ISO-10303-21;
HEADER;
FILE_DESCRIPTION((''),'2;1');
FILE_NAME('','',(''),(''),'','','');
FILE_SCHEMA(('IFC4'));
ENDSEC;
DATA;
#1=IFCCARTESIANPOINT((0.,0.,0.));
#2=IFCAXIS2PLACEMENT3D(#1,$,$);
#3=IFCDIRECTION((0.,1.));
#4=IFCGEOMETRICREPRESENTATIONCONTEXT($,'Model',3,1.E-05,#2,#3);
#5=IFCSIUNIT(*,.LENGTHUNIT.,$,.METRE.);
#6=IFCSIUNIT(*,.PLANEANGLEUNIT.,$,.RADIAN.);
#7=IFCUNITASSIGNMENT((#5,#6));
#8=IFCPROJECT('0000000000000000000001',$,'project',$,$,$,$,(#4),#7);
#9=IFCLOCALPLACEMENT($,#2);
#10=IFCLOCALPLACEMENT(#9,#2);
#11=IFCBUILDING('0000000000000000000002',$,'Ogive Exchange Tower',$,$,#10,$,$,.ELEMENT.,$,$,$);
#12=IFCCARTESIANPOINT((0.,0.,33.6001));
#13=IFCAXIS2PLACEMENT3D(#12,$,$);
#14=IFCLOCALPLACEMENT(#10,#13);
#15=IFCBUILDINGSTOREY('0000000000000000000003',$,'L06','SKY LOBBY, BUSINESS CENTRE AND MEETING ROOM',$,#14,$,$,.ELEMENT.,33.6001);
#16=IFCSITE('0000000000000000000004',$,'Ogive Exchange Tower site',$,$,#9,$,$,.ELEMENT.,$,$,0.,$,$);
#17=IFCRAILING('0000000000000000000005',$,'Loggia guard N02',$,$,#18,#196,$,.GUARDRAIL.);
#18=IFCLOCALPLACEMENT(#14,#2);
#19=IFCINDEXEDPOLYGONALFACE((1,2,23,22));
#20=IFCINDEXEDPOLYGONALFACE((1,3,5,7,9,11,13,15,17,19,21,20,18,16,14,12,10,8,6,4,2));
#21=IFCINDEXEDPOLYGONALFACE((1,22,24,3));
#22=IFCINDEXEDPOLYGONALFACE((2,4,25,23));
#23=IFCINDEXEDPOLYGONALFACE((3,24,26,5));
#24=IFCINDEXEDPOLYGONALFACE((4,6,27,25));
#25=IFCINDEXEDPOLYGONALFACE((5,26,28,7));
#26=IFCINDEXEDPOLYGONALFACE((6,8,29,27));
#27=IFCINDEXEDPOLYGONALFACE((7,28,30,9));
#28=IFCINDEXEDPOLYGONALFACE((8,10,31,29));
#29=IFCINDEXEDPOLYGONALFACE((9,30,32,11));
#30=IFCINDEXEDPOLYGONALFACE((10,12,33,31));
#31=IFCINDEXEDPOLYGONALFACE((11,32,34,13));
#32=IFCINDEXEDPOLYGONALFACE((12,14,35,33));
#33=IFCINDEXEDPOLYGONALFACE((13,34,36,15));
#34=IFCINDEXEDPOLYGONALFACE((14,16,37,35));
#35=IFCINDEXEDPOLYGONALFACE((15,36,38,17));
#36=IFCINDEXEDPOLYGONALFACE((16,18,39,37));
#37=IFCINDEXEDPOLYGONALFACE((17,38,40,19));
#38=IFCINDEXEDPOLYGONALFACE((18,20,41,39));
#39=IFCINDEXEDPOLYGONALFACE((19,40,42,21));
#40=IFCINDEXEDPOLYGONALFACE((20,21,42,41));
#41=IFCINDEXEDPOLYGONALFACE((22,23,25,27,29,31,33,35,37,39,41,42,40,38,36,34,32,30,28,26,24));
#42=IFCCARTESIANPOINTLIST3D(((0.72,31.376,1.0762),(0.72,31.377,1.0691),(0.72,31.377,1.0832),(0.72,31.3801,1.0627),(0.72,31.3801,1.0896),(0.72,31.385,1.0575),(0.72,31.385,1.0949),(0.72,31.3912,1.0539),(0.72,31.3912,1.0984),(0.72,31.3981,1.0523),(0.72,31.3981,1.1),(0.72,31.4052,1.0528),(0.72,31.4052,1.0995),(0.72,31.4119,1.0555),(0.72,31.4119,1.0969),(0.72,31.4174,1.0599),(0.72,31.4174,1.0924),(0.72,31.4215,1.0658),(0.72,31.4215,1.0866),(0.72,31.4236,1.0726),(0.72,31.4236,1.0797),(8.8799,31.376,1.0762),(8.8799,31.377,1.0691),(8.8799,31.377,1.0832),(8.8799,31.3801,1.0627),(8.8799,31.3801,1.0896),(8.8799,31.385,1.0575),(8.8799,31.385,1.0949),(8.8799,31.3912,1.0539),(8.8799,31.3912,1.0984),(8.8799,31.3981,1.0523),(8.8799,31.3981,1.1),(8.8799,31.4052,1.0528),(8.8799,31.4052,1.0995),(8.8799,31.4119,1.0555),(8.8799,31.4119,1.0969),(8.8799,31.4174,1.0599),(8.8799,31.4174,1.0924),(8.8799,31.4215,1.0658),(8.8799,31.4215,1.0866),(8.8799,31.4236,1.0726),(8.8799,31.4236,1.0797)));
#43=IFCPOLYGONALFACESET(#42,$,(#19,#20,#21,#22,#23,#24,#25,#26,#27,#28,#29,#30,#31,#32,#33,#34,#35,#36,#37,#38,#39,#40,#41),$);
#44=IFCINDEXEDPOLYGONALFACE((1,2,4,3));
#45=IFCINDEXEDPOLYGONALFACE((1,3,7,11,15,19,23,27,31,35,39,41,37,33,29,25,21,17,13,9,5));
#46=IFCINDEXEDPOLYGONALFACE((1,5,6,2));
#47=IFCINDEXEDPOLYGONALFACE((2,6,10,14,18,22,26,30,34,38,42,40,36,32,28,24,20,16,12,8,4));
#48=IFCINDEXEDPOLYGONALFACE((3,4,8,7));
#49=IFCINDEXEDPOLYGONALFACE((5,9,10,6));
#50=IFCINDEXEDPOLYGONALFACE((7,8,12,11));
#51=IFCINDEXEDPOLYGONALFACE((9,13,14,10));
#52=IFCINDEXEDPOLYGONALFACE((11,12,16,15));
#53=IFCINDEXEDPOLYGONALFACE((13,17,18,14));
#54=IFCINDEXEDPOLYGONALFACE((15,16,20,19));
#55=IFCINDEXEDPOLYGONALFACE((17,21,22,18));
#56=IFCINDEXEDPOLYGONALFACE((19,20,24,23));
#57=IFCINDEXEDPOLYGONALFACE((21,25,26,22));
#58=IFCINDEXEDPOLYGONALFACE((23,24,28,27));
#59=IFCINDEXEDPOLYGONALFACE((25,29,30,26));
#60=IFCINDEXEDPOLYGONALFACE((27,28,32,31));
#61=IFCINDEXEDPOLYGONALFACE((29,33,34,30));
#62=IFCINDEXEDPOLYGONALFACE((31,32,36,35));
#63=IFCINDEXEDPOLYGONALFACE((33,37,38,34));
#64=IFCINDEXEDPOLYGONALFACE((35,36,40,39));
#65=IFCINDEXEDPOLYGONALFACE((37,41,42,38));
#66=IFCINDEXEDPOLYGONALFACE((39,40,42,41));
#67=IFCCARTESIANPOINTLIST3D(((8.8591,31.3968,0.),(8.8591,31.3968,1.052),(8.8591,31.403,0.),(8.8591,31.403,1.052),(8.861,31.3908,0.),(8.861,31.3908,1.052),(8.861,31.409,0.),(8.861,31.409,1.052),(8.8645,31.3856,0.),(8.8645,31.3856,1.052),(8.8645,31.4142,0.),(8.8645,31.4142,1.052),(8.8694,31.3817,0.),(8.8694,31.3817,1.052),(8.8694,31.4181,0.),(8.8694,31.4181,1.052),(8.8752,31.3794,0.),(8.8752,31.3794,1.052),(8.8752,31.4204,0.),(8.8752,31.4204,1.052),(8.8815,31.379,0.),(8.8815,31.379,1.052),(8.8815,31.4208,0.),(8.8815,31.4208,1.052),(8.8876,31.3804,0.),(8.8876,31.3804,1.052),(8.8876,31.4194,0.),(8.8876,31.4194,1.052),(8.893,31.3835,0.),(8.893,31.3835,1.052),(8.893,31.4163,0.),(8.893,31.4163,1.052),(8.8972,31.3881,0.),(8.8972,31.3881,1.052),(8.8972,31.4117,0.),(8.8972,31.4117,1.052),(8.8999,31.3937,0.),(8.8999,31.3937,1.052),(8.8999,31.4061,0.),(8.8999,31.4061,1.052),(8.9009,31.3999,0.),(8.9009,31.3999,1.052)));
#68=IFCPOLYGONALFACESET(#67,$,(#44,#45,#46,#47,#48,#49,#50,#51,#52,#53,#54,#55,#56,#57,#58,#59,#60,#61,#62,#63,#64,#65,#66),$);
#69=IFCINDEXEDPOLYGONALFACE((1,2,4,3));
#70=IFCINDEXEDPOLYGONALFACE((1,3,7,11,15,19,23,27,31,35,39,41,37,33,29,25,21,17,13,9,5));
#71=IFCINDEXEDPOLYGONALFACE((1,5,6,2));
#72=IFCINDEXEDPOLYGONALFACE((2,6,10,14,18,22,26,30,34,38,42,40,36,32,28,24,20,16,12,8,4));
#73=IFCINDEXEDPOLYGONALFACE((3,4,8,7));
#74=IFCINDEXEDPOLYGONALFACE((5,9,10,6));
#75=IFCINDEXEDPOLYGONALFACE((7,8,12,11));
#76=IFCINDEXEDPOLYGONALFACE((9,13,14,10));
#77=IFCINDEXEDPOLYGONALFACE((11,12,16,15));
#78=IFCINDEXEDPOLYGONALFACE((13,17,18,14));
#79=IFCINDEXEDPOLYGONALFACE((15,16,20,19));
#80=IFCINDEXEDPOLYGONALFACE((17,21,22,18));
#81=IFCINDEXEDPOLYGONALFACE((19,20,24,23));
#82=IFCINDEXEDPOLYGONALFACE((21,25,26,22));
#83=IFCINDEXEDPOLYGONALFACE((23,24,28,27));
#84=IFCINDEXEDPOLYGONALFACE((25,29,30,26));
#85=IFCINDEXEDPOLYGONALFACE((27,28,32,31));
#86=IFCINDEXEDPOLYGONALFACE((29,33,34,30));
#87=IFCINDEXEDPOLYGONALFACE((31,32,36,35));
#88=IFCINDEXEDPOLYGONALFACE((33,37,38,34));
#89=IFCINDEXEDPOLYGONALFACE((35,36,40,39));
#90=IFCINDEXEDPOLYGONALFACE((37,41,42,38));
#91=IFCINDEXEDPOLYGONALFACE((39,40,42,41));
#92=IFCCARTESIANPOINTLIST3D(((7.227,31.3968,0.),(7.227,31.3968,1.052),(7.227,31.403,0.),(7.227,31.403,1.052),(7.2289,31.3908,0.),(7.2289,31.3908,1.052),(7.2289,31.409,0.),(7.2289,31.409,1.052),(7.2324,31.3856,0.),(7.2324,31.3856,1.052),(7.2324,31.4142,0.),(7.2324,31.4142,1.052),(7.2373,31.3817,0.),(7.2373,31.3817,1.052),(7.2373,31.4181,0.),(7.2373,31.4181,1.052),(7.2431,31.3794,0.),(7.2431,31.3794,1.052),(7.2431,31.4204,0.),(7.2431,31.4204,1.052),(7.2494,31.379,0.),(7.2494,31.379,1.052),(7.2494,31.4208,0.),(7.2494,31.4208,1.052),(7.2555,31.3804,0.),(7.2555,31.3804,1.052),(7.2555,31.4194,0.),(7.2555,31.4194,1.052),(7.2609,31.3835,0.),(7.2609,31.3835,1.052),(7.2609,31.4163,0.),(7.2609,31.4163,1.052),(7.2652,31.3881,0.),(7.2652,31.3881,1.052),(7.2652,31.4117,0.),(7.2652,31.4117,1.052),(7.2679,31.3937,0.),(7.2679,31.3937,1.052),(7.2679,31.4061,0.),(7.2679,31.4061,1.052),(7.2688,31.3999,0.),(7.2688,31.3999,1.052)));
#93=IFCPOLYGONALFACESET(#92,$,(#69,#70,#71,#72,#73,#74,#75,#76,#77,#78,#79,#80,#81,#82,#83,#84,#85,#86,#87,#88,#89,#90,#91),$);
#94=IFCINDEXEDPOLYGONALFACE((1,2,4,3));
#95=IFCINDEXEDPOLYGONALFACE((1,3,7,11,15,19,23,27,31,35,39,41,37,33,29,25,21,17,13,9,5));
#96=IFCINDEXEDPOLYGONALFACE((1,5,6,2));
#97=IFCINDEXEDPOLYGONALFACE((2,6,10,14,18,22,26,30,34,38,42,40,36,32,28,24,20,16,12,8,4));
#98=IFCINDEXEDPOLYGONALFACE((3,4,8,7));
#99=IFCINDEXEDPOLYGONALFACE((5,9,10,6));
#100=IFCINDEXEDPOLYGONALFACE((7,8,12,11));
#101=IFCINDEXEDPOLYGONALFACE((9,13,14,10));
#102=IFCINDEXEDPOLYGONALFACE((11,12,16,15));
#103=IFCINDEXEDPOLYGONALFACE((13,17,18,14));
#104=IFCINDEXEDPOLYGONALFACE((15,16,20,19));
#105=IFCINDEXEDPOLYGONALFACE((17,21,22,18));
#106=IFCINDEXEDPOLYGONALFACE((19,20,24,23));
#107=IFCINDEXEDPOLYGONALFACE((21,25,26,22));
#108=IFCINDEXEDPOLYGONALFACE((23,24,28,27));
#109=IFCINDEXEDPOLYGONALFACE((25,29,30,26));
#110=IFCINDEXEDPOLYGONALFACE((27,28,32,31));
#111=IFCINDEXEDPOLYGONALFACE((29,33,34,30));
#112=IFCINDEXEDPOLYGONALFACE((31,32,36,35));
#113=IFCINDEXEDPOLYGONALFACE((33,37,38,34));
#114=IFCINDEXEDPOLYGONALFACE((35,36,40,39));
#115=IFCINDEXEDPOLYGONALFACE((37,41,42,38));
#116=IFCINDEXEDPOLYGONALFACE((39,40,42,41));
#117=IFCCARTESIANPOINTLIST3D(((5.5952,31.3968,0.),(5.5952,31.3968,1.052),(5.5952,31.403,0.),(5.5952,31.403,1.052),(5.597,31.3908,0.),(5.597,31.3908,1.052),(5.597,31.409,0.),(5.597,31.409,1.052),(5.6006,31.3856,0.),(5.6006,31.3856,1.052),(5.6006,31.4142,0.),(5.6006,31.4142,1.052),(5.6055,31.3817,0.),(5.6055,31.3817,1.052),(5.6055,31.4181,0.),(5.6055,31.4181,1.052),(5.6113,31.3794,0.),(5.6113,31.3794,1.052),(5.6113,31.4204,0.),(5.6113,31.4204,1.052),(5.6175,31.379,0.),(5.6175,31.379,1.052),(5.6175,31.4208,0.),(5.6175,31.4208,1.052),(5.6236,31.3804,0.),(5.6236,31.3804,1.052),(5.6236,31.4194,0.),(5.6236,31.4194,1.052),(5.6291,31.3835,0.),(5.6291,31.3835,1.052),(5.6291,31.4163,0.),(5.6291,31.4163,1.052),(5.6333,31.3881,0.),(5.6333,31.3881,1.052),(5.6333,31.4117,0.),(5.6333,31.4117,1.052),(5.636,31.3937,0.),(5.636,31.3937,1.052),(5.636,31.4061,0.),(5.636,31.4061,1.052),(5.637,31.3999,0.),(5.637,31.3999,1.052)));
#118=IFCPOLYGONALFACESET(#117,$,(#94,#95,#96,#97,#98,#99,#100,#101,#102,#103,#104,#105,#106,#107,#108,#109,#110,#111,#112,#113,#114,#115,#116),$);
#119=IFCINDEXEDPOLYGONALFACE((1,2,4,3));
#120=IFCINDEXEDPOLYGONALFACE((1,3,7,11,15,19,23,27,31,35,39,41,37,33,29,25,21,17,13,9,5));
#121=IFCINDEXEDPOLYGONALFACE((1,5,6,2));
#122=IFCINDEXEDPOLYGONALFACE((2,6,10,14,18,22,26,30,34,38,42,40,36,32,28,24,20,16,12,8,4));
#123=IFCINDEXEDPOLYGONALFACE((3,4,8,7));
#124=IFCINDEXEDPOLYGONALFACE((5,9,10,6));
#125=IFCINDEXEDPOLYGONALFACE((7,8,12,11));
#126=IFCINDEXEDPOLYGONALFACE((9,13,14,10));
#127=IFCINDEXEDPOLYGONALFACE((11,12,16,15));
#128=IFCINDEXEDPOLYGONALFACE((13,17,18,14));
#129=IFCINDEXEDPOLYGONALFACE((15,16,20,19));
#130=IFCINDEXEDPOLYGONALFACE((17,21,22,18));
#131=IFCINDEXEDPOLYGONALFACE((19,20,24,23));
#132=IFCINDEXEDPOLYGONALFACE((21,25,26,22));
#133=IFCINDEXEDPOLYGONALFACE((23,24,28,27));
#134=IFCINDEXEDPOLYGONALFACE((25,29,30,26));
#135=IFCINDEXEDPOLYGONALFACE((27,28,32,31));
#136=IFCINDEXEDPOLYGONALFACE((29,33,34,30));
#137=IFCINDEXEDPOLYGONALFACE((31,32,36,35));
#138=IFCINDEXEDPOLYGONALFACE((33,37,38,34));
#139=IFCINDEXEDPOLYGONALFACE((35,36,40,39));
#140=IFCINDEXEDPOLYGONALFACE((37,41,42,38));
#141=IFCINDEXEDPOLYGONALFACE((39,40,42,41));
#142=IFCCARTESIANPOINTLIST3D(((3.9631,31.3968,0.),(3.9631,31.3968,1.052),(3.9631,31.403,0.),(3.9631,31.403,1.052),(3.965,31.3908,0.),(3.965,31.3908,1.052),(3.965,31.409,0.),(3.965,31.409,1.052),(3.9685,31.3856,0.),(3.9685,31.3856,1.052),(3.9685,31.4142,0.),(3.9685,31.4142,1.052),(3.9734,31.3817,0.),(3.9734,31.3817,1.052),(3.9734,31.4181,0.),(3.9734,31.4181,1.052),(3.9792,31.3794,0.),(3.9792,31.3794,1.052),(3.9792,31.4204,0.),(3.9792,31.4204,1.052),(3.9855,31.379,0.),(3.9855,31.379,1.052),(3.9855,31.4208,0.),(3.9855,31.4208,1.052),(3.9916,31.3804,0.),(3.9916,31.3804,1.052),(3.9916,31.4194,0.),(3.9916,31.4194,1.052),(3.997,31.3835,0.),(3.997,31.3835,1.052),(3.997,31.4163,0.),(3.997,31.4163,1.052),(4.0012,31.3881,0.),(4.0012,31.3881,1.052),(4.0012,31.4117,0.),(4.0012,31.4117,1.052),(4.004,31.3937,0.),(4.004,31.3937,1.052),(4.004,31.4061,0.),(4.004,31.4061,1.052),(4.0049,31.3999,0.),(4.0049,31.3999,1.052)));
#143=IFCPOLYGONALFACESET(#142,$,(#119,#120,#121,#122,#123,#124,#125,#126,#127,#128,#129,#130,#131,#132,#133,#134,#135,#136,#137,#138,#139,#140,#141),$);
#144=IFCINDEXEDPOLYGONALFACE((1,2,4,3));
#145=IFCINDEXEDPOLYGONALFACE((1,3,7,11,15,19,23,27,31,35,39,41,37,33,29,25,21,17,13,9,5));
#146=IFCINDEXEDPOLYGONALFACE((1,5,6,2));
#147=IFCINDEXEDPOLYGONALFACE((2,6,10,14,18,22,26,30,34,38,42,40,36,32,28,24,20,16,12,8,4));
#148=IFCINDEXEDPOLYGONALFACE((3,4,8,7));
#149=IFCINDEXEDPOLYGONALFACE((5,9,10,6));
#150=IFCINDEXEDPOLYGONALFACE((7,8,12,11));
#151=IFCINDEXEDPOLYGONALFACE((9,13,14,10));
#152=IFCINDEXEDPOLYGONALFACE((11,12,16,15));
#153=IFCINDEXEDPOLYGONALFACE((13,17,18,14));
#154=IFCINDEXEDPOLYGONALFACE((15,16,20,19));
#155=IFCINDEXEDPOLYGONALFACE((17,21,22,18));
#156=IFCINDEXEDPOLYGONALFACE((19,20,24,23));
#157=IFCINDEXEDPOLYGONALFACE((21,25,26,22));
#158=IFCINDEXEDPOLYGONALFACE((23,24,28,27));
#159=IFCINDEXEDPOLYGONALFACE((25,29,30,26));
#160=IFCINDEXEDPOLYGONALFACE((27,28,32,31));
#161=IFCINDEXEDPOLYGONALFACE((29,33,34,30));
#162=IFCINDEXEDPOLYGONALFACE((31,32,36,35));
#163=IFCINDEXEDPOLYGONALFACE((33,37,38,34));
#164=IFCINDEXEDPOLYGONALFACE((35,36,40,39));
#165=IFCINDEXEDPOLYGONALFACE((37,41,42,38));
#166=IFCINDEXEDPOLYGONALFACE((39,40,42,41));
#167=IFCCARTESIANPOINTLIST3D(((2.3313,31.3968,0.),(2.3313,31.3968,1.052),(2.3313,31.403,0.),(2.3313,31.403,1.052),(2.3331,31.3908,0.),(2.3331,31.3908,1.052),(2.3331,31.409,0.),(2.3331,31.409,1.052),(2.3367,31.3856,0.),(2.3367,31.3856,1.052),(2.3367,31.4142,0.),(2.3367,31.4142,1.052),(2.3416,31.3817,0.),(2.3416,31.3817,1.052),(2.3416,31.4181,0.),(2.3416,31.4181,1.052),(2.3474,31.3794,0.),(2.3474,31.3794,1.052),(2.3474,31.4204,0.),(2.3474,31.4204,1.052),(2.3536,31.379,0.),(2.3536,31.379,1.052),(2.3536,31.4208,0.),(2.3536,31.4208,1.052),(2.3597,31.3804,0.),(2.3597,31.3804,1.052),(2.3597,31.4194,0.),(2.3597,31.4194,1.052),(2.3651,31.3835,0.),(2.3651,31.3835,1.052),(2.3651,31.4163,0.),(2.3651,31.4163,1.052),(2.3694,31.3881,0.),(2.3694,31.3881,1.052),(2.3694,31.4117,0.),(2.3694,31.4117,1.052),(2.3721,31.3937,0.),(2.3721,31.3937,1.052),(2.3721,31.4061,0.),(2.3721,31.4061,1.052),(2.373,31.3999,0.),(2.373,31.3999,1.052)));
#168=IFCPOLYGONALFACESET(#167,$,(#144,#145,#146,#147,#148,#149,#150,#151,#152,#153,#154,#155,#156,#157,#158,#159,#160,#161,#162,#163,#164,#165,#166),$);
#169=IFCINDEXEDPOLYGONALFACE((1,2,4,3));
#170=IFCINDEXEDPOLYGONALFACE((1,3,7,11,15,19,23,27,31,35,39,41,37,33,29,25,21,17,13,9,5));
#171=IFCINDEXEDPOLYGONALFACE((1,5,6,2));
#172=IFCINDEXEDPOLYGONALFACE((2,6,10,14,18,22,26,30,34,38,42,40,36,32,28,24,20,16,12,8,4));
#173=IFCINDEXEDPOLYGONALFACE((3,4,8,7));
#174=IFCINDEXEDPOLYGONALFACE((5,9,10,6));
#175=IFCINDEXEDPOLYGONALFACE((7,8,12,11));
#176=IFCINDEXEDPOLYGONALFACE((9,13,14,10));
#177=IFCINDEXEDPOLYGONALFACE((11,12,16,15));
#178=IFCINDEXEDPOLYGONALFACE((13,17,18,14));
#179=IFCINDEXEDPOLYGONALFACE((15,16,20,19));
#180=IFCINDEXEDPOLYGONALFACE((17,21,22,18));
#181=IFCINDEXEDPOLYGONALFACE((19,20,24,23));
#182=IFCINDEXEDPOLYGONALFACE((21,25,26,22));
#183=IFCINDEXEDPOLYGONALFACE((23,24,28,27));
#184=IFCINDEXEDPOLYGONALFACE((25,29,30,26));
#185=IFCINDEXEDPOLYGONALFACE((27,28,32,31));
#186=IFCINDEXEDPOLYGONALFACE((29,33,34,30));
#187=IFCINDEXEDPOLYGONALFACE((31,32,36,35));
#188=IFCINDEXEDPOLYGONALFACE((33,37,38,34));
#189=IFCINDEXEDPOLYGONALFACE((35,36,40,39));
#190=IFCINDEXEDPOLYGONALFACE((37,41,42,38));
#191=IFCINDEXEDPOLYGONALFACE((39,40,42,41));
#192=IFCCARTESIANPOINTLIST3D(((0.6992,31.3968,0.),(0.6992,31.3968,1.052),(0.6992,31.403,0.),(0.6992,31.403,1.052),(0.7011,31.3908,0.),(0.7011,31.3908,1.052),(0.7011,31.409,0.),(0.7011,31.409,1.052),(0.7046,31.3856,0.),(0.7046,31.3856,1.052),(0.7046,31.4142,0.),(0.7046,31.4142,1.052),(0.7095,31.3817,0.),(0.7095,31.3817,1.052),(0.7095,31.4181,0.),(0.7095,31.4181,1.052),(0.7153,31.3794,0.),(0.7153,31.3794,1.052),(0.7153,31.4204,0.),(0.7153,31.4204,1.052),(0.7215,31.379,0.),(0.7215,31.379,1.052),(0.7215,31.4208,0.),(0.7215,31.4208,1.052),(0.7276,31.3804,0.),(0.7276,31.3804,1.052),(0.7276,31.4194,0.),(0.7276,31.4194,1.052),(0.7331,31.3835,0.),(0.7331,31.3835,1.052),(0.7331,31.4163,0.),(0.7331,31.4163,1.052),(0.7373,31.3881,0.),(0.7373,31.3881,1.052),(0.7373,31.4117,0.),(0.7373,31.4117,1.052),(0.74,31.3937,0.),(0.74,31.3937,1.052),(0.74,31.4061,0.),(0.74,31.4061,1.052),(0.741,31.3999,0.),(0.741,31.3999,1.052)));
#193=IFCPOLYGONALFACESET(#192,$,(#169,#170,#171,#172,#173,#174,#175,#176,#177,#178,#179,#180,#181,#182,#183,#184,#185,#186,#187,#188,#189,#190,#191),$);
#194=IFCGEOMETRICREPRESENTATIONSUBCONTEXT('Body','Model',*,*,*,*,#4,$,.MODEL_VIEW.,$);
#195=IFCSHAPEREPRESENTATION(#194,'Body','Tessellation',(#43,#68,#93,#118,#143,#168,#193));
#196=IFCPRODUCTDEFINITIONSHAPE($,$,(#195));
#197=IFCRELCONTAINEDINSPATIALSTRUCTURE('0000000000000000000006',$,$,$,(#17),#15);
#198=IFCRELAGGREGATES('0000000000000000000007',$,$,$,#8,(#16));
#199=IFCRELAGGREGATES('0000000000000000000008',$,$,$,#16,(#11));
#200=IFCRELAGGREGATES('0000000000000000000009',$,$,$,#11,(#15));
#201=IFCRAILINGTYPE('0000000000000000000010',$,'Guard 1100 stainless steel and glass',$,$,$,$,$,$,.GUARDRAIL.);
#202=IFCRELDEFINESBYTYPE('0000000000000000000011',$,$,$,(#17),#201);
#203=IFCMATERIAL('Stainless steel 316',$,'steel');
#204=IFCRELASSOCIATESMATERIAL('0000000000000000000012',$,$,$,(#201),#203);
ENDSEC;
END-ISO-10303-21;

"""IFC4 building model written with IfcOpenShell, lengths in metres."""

from ifc_helpers import new_model, si_unit, direction, frame, origin, origin_2d, place, context, subcontext, project, spatial, circle, extrude, material, type_object, element, save


model = new_model("IFC4")

# Units and contexts
model_context = context("Model", 3, precision=1e-05, world=origin(), true_north=direction((0.0, 1.0)))
body_context = subcontext(model_context, "Body", "Model", "MODEL_VIEW")
ifc_project = project(units=[si_unit("LENGTHUNIT", "METRE"), si_unit("PLANEANGLEUNIT", "RADIAN")], contexts=[model_context])

# Site, building, storey
site_placement = place(None, origin())
site = spatial("IfcSite", under=ifc_project, at=site_placement, Name="Ogive Exchange Tower site", CompositionType="ELEMENT", RefElevation=0.0)
building_placement = place(site_placement, origin())
building = spatial("IfcBuilding", under=site, at=building_placement, Name="Ogive Exchange Tower", CompositionType="ELEMENT")
storey_placement = place(building_placement, frame((0.0, 0.0, 33.6001)))
storey = spatial("IfcBuildingStorey", under=building, at=storey_placement, Name="L06", Description="SKY LOBBY, BUSINESS CENTRE AND MEETING ROOM", CompositionType="ELEMENT", Elevation=33.6001)

# Railing
ifc_material_1 = material(Name="Stainless steel 316", Category="steel")
railing_type = type_object("IfcRailingType", Name="Guard 1100 stainless steel and glass", PredefinedType="GUARDRAIL", material=ifc_material_1)
railing_placement = place(storey_placement, frame((8.8799, 31.3999, 0.0)))
element("IfcRailing", 1, at=railing_placement, inside=storey, type_object=railing_type, Name="Loggia guard N02", PredefinedType="GUARDRAIL", context=body_context, shape_type="SweptSolid", body=[
    extrude(circle(Radius=0.0239, at=origin_2d()), frame((0.0, 0.0, 1.0762), z_axis=(-1.0, 0.0, 0.0), x_axis=(0.0, -1.0, 0.0)), (0.0, 0.0, 1.0), 8.1599),
    extrude(circle(Radius=0.021, at=origin_2d()), origin(), (0.0, 0.0, 1.0), 1.052),
    extrude(circle(Radius=0.021, at=origin_2d()), frame((-1.6321, 0.0, 0.0)), (0.0, 0.0, 1.0), 1.052),
    extrude(circle(Radius=0.021, at=origin_2d()), frame((-3.2639, 0.0, 0.0)), (0.0, 0.0, 1.0), 1.052),
    extrude(circle(Radius=0.021, at=origin_2d()), frame((-4.896, 0.0, 0.0)), (0.0, 0.0, 1.0), 1.052),
    extrude(circle(Radius=0.021, at=origin_2d()), frame((-6.5278, 0.0, 0.0)), (0.0, 0.0, 1.0), 1.052),
    extrude(circle(Radius=0.021, at=origin_2d()), frame((-8.1599, 0.0, 0.0)), (0.0, 0.0, 1.0), 1.052),
])

save(model, "model.ifc")
